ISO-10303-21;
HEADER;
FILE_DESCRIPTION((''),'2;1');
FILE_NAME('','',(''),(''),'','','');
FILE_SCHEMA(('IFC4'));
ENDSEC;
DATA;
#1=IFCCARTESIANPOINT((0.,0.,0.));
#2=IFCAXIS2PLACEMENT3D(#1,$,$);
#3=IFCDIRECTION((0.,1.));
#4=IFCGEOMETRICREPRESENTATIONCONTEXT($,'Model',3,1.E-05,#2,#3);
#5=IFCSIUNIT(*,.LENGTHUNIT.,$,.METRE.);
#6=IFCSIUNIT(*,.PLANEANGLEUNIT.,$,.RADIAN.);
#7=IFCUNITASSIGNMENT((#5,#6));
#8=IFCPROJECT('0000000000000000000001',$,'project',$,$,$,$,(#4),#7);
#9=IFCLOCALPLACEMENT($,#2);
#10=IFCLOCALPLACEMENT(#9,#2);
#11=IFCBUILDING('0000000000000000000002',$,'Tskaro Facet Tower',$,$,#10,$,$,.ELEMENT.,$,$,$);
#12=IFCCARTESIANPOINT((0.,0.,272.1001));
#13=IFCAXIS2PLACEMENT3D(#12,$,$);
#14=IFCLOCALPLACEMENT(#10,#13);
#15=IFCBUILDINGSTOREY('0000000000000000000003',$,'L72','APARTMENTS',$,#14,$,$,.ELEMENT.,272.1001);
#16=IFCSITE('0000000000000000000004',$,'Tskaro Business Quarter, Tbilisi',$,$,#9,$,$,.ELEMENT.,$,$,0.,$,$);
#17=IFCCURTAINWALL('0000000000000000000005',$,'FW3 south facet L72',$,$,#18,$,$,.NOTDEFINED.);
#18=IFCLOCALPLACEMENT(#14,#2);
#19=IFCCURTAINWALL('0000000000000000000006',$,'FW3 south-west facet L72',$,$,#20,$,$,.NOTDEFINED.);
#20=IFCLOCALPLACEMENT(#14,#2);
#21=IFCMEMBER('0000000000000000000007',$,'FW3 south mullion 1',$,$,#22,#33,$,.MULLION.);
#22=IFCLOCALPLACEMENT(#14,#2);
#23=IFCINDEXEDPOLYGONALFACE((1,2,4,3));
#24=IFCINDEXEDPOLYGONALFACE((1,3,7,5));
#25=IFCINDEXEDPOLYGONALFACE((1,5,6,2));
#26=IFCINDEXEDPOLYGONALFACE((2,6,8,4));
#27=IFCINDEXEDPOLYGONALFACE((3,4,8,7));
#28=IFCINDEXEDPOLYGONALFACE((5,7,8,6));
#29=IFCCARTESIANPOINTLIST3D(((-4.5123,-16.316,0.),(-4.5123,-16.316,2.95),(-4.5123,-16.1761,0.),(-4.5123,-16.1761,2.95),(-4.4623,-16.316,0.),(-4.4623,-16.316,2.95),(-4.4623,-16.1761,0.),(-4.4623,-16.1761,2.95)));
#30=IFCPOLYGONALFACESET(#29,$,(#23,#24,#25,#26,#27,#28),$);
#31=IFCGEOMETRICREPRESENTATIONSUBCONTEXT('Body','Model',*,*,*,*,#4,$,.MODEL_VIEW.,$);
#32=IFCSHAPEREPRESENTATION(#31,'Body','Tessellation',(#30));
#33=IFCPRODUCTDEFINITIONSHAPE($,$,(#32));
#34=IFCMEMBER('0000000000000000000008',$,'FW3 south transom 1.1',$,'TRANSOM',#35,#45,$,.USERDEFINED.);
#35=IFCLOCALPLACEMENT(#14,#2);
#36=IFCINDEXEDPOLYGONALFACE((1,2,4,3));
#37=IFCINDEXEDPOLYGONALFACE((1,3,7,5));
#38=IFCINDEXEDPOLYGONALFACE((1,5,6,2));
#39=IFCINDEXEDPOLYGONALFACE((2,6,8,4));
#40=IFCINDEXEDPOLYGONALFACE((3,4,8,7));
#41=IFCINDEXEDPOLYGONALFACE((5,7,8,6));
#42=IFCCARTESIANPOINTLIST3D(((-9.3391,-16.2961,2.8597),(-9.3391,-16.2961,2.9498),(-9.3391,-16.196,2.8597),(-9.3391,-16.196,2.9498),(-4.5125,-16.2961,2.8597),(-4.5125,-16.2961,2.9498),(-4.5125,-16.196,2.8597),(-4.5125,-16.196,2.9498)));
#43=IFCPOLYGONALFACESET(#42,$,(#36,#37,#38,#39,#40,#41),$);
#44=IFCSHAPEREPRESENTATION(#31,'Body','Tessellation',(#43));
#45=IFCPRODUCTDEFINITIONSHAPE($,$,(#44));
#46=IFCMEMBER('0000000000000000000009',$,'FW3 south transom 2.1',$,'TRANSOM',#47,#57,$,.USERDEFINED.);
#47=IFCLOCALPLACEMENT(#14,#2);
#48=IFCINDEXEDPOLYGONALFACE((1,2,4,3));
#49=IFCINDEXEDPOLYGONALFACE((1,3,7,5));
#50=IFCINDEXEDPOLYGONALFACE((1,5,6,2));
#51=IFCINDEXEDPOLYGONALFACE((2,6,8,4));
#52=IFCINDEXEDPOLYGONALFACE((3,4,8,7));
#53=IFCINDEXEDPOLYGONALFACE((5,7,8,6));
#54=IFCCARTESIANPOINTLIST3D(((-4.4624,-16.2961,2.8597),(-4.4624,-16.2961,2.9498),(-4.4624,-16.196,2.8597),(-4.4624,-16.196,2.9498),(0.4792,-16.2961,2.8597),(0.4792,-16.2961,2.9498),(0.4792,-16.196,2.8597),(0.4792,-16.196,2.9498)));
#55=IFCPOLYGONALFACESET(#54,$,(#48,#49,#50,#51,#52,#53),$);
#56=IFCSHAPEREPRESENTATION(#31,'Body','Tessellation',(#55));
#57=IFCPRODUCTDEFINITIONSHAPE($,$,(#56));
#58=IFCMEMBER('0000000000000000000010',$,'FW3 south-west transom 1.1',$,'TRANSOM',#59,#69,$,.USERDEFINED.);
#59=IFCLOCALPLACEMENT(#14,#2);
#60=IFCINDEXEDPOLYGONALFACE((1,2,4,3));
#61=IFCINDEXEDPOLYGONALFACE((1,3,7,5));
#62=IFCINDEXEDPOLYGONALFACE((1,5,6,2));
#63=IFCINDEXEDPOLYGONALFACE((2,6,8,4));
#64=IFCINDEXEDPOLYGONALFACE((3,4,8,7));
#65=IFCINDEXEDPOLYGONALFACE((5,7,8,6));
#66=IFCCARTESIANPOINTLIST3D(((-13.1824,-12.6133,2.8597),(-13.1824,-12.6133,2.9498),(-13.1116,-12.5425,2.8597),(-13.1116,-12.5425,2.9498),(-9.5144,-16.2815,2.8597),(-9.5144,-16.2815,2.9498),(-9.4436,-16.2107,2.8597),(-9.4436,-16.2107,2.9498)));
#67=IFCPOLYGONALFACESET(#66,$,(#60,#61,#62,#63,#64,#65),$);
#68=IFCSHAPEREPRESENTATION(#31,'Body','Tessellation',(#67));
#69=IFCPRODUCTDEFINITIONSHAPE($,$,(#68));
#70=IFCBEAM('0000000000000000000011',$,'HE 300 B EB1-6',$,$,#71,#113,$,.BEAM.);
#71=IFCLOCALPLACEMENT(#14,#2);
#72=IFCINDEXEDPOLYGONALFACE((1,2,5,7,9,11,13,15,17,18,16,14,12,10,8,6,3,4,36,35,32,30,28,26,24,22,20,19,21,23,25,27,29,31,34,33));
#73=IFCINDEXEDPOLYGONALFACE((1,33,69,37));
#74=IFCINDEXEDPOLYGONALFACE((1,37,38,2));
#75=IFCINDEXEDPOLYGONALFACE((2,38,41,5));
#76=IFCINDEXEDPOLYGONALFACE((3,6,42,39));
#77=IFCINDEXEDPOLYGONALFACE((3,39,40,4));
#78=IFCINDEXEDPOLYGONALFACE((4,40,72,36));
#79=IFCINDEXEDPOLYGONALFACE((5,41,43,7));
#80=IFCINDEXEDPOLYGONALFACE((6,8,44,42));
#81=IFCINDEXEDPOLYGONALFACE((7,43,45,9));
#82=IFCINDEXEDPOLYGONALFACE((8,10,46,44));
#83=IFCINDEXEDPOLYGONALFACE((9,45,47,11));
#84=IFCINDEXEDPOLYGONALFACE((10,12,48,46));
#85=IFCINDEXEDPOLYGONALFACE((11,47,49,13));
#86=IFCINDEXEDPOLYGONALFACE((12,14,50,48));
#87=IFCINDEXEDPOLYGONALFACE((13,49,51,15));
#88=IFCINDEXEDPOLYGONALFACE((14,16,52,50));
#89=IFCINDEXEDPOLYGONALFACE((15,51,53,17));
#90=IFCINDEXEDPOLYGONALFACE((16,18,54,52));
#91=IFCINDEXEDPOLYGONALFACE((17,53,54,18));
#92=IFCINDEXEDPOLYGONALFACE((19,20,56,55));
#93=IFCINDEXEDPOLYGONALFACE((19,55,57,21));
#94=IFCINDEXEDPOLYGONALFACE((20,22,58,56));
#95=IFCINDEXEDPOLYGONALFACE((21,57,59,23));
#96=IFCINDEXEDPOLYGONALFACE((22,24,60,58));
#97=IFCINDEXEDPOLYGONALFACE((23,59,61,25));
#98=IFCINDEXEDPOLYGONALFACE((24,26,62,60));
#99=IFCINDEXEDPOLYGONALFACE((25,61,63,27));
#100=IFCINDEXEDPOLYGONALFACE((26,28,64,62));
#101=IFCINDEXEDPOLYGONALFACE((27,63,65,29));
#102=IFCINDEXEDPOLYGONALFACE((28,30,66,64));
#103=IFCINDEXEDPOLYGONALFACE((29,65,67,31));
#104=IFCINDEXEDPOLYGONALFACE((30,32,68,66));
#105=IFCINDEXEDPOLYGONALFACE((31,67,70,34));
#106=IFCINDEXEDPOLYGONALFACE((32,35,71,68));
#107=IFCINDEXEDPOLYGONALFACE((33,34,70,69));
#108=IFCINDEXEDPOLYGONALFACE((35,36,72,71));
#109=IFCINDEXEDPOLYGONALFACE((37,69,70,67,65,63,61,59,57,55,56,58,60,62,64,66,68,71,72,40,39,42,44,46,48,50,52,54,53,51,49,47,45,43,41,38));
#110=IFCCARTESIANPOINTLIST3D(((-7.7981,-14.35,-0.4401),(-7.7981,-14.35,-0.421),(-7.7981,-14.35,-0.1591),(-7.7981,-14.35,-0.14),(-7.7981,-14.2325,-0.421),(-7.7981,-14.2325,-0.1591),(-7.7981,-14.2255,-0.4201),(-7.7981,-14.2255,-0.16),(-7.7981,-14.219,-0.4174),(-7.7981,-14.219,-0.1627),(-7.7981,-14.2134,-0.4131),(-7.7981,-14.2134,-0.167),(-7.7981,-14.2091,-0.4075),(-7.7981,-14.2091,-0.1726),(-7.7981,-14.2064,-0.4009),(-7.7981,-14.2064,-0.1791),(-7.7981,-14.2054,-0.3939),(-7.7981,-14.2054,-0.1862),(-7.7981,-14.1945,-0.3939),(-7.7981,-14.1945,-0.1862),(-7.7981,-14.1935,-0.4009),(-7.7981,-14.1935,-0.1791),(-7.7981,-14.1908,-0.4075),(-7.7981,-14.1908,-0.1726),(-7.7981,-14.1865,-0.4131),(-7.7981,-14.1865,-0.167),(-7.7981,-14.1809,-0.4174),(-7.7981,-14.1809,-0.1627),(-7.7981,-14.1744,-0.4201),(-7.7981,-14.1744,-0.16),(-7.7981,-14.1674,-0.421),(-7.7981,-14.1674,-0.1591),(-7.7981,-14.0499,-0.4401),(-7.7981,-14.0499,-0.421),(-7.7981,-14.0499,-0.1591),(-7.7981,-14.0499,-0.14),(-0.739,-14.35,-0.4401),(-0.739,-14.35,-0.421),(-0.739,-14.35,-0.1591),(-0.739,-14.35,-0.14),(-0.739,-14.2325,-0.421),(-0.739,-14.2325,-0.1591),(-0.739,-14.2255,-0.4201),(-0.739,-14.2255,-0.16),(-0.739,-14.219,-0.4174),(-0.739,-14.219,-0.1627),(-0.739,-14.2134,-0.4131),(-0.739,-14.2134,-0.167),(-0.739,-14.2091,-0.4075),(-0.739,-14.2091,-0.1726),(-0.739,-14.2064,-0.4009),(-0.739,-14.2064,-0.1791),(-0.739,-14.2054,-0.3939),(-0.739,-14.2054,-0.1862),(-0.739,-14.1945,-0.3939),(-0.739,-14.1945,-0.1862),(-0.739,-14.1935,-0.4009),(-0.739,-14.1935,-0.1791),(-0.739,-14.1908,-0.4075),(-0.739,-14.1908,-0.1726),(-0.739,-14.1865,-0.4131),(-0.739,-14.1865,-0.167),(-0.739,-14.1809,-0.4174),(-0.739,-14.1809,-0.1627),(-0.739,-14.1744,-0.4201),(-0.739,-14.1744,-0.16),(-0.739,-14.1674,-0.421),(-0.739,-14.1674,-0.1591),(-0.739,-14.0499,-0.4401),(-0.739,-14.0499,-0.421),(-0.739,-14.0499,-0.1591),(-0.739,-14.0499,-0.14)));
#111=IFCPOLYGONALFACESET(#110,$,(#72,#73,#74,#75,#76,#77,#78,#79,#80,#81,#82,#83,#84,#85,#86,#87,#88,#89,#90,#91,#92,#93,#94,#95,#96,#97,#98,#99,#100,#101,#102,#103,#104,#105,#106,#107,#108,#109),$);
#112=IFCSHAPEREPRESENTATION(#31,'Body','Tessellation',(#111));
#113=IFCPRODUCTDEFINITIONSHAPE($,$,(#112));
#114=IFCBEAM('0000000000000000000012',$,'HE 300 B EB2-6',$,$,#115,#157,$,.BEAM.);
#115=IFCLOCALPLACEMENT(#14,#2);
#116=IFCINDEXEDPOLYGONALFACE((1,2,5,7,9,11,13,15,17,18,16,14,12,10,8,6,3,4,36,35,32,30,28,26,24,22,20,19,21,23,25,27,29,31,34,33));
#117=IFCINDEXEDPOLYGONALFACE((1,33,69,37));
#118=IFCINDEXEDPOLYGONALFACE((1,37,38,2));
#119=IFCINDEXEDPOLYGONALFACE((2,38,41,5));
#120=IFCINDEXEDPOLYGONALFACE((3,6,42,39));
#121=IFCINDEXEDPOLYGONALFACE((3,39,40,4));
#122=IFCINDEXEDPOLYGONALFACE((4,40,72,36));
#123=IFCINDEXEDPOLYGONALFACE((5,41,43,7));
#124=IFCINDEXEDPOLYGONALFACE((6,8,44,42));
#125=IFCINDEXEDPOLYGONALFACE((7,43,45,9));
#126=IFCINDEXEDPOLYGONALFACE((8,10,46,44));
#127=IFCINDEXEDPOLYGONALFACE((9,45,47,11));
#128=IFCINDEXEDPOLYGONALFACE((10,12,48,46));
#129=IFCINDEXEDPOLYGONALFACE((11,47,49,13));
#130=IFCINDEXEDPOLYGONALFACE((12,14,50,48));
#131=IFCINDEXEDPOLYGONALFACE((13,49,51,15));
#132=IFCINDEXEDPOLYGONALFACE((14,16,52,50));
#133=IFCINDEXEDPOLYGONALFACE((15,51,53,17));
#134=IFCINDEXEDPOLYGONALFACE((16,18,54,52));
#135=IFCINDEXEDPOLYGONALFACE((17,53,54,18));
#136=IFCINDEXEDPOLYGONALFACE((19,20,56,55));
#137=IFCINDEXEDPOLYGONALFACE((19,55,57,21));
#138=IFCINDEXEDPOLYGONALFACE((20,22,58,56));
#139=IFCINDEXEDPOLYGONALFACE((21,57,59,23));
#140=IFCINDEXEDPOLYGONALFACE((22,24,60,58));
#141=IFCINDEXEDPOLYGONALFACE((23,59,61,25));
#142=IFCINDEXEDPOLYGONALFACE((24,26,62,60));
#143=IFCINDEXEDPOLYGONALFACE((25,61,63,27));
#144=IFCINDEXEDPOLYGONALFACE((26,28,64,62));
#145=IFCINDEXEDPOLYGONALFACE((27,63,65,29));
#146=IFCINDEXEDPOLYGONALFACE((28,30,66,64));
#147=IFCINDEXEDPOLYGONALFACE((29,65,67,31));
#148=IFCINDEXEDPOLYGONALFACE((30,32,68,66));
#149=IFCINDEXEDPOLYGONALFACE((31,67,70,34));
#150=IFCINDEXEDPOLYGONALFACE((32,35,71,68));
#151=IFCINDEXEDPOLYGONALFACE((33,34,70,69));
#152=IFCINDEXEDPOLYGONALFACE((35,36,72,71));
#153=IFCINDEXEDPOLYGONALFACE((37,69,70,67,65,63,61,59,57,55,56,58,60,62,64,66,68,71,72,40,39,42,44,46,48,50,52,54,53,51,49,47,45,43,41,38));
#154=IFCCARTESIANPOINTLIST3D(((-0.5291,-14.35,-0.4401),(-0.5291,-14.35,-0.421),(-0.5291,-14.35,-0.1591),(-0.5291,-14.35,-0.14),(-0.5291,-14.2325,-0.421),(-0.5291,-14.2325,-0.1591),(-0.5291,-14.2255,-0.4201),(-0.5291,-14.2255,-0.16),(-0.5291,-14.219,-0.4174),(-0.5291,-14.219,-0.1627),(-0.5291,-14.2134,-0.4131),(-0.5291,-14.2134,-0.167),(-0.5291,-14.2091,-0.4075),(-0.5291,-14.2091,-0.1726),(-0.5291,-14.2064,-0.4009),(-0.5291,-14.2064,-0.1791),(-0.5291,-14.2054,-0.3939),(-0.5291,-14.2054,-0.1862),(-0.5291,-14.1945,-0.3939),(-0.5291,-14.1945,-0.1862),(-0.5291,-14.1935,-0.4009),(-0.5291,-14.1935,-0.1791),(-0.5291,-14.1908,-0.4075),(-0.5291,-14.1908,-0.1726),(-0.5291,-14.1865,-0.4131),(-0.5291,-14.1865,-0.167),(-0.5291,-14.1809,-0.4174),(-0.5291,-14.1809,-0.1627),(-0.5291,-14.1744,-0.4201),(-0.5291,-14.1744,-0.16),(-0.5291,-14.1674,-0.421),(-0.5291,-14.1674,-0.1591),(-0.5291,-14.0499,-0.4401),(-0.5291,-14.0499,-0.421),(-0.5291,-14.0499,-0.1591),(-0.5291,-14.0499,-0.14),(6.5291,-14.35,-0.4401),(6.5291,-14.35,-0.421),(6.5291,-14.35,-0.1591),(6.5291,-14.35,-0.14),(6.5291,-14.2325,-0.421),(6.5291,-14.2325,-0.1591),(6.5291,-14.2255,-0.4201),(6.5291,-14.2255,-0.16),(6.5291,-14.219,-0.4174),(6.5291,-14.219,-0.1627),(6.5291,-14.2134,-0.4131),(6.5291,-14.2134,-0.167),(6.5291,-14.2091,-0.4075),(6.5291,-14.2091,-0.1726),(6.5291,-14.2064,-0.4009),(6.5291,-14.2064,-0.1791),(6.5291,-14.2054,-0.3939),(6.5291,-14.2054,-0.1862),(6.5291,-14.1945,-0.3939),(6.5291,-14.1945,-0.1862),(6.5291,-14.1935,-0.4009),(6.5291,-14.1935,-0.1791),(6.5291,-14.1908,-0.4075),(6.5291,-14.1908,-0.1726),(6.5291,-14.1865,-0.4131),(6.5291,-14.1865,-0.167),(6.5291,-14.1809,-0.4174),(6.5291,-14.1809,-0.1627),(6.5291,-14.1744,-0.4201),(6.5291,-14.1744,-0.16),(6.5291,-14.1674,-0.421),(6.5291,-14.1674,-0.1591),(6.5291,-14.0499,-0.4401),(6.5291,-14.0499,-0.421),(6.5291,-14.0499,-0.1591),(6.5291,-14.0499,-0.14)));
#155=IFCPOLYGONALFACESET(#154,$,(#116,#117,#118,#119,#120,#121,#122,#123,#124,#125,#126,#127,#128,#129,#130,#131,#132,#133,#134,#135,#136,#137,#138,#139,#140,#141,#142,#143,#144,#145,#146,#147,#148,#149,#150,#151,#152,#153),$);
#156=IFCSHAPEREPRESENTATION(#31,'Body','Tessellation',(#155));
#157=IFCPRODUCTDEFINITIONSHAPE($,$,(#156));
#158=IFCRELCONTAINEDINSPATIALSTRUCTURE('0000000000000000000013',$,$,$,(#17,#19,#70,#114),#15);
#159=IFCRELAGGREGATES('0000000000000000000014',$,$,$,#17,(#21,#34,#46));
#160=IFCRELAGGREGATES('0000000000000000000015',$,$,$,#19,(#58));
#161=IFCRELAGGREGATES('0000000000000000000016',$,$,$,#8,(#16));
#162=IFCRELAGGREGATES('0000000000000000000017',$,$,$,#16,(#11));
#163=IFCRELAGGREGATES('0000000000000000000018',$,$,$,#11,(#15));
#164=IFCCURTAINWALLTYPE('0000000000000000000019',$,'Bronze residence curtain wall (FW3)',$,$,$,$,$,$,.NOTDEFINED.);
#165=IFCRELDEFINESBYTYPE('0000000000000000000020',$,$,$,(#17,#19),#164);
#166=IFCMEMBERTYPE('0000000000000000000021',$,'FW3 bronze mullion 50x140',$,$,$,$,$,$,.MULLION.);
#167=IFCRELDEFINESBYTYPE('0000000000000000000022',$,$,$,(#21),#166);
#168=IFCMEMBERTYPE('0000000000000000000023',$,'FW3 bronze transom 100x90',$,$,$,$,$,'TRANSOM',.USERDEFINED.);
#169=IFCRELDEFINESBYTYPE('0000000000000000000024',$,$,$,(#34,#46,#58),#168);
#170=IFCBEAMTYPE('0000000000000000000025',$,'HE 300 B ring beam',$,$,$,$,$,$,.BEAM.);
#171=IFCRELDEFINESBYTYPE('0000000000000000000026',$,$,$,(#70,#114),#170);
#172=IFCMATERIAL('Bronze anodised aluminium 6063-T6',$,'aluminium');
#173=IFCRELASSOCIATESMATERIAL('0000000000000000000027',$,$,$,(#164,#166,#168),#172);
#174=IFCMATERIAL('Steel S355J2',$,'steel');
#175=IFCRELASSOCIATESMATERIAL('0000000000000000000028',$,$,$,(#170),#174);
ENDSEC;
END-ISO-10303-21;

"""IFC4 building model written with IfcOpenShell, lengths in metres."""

from ifc_helpers import new_model, si_unit, direction, frame, origin, origin_2d, place, context, subcontext, project, spatial, rectangle, i_section, extrude, material, material_profile, profile_set, type_object, element, aggregate, save


model = new_model("IFC4")

# Units and contexts
model_context = context("Model", 3, precision=1e-05, world=origin(), true_north=direction((0.0, 1.0)))
body_context = subcontext(model_context, "Body", "Model", "MODEL_VIEW")
ifc_project = project(units=[si_unit("LENGTHUNIT", "METRE"), si_unit("PLANEANGLEUNIT", "RADIAN")], contexts=[model_context])

# Site, building, storey
site_placement = place(None, origin())
site = spatial("IfcSite", under=ifc_project, at=site_placement, Name="Tskaro Business Quarter, Tbilisi", CompositionType="ELEMENT", RefElevation=0.0)
building_placement = place(site_placement, origin())
building = spatial("IfcBuilding", under=site, at=building_placement, Name="Tskaro Facet Tower", CompositionType="ELEMENT")
storey_placement = place(building_placement, frame((0.0, 0.0, 272.1001)))
storey = spatial("IfcBuildingStorey", under=building, at=storey_placement, Name="L72", Description="APARTMENTS", CompositionType="ELEMENT", Elevation=272.1001)

# Shared definitions
ifc_material_1 = material(Name="Steel S355J2", Category="steel")

# Curtain walls
ifc_material_2 = material(Name="Bronze anodised aluminium 6063-T6", Category="aluminium")
curtain_wall_type = type_object("IfcCurtainWallType", Name="Bronze residence curtain wall (FW3)", PredefinedType="NOTDEFINED", material=ifc_material_2)
curtain_wall_1_placement = place(storey_placement, origin())
curtain_wall_1 = element("IfcCurtainWall", 1, at=curtain_wall_1_placement, inside=storey, type_object=curtain_wall_type, Name="FW3 south facet L72", PredefinedType="NOTDEFINED")
curtain_wall_2_placement = place(storey_placement, origin())
curtain_wall_2 = element("IfcCurtainWall", 2, at=curtain_wall_2_placement, inside=storey, type_object=curtain_wall_type, Name="FW3 south-west facet L72", PredefinedType="NOTDEFINED")

# Members
ifc_material_profile_1 = material_profile(ifc_material_2, rectangle(XDim=0.05, YDim=0.1399, at=origin_2d()), Name="Mullion 50x140")
ifc_profile_set_1 = profile_set([ifc_material_profile_1], Name="Bronze anodised aluminium 6063-T6")
member_type_1 = type_object("IfcMemberType", Name="FW3 bronze mullion 50x140", PredefinedType="MULLION", material=ifc_profile_set_1)
member_1_placement = place(storey_placement, frame((-4.4873, -16.2461, 0.0), z_axis=(0.0, 0.0, 1.0), x_axis=(1.0, 0.0, 0.0)))
member_1 = element("IfcMember", 3, at=member_1_placement, type_object=member_type_1, Name="FW3 south mullion 1", PredefinedType="MULLION", context=body_context, shape_type="SweptSolid", body=[
    extrude(rectangle(XDim=0.05, YDim=0.1399, at=origin_2d()), origin(), (0.0, 0.0, 1.0), 2.95),
])
ifc_material_profile_2 = material_profile(ifc_material_2, rectangle(XDim=0.1001, YDim=0.0901, at=origin_2d()), Name="Transom 100x90")
ifc_profile_set_2 = profile_set([ifc_material_profile_2], Name="Bronze anodised aluminium 6063-T6")
member_type_2 = type_object("IfcMemberType", Name="FW3 bronze transom 100x90", ElementType="TRANSOM", PredefinedType="USERDEFINED", material=ifc_profile_set_2)
member_2_placement = place(storey_placement, frame((-9.3391, -16.2461, 2.9048), z_axis=(1.0, 0.0, 0.0), x_axis=(0.0, 1.0, 0.0)))
member_2 = element("IfcMember", 4, at=member_2_placement, type_object=member_type_2, Name="FW3 south transom 1.1", ObjectType="TRANSOM", PredefinedType="USERDEFINED", context=body_context, shape_type="SweptSolid", body=[
    extrude(rectangle(XDim=0.1001, YDim=0.0901, at=origin_2d()), origin(), (0.0, 0.0, 1.0), 4.8267),
])
member_3_placement = place(storey_placement, frame((-4.4624, -16.2461, 2.9048), z_axis=(1.0, 0.0, 0.0), x_axis=(0.0, 1.0, 0.0)))
member_3 = element("IfcMember", 5, at=member_3_placement, type_object=member_type_2, Name="FW3 south transom 2.1", ObjectType="TRANSOM", PredefinedType="USERDEFINED", context=body_context, shape_type="SweptSolid", body=[
    extrude(rectangle(XDim=0.1001, YDim=0.0901, at=origin_2d()), origin(), (0.0, 0.0, 1.0), 4.9417),
])
member_4_placement = place(storey_placement, frame((-13.147, -12.5779, 2.9048), z_axis=(0.707083, -0.70713, 0.0), x_axis=(0.70713, 0.707083, 0.0)))
member_4 = element("IfcMember", 6, at=member_4_placement, type_object=member_type_2, Name="FW3 south-west transom 1.1", ObjectType="TRANSOM", PredefinedType="USERDEFINED", context=body_context, shape_type="SweptSolid", body=[
    extrude(rectangle(XDim=0.1001, YDim=0.0901, at=origin_2d()), origin(), (0.0, 0.0, 1.0), 5.1875),
])

# Beams
ifc_material_profile_3 = material_profile(ifc_material_1, i_section(OverallWidth=0.3, OverallDepth=0.3, WebThickness=0.011, FlangeThickness=0.019, FilletRadius=0.0271, at=origin_2d()), Name="HE 300 B")
ifc_profile_set_3 = profile_set([ifc_material_profile_3], Name="Steel S355J2")
beam_type_1 = type_object("IfcBeamType", Name="HE 300 B ring beam", PredefinedType="BEAM", material=ifc_profile_set_3)
beam_1_placement = place(storey_placement, frame((-7.7981, -14.2, -0.29), z_axis=(1.0, 0.0, 0.0), x_axis=(0.0, 1.0, 0.0)))
element("IfcBeam", 7, at=beam_1_placement, inside=storey, type_object=beam_type_1, Name="HE 300 B EB1-6", PredefinedType="BEAM", context=body_context, shape_type="SweptSolid", body=[
    extrude(i_section(OverallWidth=0.3, OverallDepth=0.3, WebThickness=0.011, FlangeThickness=0.019, FilletRadius=0.0271, at=origin_2d()), origin(), (0.0, 0.0, 1.0), 7.0591),
])
beam_2_placement = place(storey_placement, frame((-0.5291, -14.2, -0.29), z_axis=(1.0, 0.0, 0.0), x_axis=(0.0, 1.0, 0.0)))
element("IfcBeam", 8, at=beam_2_placement, inside=storey, type_object=beam_type_1, Name="HE 300 B EB2-6", PredefinedType="BEAM", context=body_context, shape_type="SweptSolid", body=[
    extrude(i_section(OverallWidth=0.3, OverallDepth=0.3, WebThickness=0.011, FlangeThickness=0.019, FilletRadius=0.0271, at=origin_2d()), origin(), (0.0, 0.0, 1.0), 7.0581),
])

aggregate(curtain_wall_1, [member_1, member_2, member_3])
aggregate(curtain_wall_2, [member_4])

save(model, "model.ifc")
